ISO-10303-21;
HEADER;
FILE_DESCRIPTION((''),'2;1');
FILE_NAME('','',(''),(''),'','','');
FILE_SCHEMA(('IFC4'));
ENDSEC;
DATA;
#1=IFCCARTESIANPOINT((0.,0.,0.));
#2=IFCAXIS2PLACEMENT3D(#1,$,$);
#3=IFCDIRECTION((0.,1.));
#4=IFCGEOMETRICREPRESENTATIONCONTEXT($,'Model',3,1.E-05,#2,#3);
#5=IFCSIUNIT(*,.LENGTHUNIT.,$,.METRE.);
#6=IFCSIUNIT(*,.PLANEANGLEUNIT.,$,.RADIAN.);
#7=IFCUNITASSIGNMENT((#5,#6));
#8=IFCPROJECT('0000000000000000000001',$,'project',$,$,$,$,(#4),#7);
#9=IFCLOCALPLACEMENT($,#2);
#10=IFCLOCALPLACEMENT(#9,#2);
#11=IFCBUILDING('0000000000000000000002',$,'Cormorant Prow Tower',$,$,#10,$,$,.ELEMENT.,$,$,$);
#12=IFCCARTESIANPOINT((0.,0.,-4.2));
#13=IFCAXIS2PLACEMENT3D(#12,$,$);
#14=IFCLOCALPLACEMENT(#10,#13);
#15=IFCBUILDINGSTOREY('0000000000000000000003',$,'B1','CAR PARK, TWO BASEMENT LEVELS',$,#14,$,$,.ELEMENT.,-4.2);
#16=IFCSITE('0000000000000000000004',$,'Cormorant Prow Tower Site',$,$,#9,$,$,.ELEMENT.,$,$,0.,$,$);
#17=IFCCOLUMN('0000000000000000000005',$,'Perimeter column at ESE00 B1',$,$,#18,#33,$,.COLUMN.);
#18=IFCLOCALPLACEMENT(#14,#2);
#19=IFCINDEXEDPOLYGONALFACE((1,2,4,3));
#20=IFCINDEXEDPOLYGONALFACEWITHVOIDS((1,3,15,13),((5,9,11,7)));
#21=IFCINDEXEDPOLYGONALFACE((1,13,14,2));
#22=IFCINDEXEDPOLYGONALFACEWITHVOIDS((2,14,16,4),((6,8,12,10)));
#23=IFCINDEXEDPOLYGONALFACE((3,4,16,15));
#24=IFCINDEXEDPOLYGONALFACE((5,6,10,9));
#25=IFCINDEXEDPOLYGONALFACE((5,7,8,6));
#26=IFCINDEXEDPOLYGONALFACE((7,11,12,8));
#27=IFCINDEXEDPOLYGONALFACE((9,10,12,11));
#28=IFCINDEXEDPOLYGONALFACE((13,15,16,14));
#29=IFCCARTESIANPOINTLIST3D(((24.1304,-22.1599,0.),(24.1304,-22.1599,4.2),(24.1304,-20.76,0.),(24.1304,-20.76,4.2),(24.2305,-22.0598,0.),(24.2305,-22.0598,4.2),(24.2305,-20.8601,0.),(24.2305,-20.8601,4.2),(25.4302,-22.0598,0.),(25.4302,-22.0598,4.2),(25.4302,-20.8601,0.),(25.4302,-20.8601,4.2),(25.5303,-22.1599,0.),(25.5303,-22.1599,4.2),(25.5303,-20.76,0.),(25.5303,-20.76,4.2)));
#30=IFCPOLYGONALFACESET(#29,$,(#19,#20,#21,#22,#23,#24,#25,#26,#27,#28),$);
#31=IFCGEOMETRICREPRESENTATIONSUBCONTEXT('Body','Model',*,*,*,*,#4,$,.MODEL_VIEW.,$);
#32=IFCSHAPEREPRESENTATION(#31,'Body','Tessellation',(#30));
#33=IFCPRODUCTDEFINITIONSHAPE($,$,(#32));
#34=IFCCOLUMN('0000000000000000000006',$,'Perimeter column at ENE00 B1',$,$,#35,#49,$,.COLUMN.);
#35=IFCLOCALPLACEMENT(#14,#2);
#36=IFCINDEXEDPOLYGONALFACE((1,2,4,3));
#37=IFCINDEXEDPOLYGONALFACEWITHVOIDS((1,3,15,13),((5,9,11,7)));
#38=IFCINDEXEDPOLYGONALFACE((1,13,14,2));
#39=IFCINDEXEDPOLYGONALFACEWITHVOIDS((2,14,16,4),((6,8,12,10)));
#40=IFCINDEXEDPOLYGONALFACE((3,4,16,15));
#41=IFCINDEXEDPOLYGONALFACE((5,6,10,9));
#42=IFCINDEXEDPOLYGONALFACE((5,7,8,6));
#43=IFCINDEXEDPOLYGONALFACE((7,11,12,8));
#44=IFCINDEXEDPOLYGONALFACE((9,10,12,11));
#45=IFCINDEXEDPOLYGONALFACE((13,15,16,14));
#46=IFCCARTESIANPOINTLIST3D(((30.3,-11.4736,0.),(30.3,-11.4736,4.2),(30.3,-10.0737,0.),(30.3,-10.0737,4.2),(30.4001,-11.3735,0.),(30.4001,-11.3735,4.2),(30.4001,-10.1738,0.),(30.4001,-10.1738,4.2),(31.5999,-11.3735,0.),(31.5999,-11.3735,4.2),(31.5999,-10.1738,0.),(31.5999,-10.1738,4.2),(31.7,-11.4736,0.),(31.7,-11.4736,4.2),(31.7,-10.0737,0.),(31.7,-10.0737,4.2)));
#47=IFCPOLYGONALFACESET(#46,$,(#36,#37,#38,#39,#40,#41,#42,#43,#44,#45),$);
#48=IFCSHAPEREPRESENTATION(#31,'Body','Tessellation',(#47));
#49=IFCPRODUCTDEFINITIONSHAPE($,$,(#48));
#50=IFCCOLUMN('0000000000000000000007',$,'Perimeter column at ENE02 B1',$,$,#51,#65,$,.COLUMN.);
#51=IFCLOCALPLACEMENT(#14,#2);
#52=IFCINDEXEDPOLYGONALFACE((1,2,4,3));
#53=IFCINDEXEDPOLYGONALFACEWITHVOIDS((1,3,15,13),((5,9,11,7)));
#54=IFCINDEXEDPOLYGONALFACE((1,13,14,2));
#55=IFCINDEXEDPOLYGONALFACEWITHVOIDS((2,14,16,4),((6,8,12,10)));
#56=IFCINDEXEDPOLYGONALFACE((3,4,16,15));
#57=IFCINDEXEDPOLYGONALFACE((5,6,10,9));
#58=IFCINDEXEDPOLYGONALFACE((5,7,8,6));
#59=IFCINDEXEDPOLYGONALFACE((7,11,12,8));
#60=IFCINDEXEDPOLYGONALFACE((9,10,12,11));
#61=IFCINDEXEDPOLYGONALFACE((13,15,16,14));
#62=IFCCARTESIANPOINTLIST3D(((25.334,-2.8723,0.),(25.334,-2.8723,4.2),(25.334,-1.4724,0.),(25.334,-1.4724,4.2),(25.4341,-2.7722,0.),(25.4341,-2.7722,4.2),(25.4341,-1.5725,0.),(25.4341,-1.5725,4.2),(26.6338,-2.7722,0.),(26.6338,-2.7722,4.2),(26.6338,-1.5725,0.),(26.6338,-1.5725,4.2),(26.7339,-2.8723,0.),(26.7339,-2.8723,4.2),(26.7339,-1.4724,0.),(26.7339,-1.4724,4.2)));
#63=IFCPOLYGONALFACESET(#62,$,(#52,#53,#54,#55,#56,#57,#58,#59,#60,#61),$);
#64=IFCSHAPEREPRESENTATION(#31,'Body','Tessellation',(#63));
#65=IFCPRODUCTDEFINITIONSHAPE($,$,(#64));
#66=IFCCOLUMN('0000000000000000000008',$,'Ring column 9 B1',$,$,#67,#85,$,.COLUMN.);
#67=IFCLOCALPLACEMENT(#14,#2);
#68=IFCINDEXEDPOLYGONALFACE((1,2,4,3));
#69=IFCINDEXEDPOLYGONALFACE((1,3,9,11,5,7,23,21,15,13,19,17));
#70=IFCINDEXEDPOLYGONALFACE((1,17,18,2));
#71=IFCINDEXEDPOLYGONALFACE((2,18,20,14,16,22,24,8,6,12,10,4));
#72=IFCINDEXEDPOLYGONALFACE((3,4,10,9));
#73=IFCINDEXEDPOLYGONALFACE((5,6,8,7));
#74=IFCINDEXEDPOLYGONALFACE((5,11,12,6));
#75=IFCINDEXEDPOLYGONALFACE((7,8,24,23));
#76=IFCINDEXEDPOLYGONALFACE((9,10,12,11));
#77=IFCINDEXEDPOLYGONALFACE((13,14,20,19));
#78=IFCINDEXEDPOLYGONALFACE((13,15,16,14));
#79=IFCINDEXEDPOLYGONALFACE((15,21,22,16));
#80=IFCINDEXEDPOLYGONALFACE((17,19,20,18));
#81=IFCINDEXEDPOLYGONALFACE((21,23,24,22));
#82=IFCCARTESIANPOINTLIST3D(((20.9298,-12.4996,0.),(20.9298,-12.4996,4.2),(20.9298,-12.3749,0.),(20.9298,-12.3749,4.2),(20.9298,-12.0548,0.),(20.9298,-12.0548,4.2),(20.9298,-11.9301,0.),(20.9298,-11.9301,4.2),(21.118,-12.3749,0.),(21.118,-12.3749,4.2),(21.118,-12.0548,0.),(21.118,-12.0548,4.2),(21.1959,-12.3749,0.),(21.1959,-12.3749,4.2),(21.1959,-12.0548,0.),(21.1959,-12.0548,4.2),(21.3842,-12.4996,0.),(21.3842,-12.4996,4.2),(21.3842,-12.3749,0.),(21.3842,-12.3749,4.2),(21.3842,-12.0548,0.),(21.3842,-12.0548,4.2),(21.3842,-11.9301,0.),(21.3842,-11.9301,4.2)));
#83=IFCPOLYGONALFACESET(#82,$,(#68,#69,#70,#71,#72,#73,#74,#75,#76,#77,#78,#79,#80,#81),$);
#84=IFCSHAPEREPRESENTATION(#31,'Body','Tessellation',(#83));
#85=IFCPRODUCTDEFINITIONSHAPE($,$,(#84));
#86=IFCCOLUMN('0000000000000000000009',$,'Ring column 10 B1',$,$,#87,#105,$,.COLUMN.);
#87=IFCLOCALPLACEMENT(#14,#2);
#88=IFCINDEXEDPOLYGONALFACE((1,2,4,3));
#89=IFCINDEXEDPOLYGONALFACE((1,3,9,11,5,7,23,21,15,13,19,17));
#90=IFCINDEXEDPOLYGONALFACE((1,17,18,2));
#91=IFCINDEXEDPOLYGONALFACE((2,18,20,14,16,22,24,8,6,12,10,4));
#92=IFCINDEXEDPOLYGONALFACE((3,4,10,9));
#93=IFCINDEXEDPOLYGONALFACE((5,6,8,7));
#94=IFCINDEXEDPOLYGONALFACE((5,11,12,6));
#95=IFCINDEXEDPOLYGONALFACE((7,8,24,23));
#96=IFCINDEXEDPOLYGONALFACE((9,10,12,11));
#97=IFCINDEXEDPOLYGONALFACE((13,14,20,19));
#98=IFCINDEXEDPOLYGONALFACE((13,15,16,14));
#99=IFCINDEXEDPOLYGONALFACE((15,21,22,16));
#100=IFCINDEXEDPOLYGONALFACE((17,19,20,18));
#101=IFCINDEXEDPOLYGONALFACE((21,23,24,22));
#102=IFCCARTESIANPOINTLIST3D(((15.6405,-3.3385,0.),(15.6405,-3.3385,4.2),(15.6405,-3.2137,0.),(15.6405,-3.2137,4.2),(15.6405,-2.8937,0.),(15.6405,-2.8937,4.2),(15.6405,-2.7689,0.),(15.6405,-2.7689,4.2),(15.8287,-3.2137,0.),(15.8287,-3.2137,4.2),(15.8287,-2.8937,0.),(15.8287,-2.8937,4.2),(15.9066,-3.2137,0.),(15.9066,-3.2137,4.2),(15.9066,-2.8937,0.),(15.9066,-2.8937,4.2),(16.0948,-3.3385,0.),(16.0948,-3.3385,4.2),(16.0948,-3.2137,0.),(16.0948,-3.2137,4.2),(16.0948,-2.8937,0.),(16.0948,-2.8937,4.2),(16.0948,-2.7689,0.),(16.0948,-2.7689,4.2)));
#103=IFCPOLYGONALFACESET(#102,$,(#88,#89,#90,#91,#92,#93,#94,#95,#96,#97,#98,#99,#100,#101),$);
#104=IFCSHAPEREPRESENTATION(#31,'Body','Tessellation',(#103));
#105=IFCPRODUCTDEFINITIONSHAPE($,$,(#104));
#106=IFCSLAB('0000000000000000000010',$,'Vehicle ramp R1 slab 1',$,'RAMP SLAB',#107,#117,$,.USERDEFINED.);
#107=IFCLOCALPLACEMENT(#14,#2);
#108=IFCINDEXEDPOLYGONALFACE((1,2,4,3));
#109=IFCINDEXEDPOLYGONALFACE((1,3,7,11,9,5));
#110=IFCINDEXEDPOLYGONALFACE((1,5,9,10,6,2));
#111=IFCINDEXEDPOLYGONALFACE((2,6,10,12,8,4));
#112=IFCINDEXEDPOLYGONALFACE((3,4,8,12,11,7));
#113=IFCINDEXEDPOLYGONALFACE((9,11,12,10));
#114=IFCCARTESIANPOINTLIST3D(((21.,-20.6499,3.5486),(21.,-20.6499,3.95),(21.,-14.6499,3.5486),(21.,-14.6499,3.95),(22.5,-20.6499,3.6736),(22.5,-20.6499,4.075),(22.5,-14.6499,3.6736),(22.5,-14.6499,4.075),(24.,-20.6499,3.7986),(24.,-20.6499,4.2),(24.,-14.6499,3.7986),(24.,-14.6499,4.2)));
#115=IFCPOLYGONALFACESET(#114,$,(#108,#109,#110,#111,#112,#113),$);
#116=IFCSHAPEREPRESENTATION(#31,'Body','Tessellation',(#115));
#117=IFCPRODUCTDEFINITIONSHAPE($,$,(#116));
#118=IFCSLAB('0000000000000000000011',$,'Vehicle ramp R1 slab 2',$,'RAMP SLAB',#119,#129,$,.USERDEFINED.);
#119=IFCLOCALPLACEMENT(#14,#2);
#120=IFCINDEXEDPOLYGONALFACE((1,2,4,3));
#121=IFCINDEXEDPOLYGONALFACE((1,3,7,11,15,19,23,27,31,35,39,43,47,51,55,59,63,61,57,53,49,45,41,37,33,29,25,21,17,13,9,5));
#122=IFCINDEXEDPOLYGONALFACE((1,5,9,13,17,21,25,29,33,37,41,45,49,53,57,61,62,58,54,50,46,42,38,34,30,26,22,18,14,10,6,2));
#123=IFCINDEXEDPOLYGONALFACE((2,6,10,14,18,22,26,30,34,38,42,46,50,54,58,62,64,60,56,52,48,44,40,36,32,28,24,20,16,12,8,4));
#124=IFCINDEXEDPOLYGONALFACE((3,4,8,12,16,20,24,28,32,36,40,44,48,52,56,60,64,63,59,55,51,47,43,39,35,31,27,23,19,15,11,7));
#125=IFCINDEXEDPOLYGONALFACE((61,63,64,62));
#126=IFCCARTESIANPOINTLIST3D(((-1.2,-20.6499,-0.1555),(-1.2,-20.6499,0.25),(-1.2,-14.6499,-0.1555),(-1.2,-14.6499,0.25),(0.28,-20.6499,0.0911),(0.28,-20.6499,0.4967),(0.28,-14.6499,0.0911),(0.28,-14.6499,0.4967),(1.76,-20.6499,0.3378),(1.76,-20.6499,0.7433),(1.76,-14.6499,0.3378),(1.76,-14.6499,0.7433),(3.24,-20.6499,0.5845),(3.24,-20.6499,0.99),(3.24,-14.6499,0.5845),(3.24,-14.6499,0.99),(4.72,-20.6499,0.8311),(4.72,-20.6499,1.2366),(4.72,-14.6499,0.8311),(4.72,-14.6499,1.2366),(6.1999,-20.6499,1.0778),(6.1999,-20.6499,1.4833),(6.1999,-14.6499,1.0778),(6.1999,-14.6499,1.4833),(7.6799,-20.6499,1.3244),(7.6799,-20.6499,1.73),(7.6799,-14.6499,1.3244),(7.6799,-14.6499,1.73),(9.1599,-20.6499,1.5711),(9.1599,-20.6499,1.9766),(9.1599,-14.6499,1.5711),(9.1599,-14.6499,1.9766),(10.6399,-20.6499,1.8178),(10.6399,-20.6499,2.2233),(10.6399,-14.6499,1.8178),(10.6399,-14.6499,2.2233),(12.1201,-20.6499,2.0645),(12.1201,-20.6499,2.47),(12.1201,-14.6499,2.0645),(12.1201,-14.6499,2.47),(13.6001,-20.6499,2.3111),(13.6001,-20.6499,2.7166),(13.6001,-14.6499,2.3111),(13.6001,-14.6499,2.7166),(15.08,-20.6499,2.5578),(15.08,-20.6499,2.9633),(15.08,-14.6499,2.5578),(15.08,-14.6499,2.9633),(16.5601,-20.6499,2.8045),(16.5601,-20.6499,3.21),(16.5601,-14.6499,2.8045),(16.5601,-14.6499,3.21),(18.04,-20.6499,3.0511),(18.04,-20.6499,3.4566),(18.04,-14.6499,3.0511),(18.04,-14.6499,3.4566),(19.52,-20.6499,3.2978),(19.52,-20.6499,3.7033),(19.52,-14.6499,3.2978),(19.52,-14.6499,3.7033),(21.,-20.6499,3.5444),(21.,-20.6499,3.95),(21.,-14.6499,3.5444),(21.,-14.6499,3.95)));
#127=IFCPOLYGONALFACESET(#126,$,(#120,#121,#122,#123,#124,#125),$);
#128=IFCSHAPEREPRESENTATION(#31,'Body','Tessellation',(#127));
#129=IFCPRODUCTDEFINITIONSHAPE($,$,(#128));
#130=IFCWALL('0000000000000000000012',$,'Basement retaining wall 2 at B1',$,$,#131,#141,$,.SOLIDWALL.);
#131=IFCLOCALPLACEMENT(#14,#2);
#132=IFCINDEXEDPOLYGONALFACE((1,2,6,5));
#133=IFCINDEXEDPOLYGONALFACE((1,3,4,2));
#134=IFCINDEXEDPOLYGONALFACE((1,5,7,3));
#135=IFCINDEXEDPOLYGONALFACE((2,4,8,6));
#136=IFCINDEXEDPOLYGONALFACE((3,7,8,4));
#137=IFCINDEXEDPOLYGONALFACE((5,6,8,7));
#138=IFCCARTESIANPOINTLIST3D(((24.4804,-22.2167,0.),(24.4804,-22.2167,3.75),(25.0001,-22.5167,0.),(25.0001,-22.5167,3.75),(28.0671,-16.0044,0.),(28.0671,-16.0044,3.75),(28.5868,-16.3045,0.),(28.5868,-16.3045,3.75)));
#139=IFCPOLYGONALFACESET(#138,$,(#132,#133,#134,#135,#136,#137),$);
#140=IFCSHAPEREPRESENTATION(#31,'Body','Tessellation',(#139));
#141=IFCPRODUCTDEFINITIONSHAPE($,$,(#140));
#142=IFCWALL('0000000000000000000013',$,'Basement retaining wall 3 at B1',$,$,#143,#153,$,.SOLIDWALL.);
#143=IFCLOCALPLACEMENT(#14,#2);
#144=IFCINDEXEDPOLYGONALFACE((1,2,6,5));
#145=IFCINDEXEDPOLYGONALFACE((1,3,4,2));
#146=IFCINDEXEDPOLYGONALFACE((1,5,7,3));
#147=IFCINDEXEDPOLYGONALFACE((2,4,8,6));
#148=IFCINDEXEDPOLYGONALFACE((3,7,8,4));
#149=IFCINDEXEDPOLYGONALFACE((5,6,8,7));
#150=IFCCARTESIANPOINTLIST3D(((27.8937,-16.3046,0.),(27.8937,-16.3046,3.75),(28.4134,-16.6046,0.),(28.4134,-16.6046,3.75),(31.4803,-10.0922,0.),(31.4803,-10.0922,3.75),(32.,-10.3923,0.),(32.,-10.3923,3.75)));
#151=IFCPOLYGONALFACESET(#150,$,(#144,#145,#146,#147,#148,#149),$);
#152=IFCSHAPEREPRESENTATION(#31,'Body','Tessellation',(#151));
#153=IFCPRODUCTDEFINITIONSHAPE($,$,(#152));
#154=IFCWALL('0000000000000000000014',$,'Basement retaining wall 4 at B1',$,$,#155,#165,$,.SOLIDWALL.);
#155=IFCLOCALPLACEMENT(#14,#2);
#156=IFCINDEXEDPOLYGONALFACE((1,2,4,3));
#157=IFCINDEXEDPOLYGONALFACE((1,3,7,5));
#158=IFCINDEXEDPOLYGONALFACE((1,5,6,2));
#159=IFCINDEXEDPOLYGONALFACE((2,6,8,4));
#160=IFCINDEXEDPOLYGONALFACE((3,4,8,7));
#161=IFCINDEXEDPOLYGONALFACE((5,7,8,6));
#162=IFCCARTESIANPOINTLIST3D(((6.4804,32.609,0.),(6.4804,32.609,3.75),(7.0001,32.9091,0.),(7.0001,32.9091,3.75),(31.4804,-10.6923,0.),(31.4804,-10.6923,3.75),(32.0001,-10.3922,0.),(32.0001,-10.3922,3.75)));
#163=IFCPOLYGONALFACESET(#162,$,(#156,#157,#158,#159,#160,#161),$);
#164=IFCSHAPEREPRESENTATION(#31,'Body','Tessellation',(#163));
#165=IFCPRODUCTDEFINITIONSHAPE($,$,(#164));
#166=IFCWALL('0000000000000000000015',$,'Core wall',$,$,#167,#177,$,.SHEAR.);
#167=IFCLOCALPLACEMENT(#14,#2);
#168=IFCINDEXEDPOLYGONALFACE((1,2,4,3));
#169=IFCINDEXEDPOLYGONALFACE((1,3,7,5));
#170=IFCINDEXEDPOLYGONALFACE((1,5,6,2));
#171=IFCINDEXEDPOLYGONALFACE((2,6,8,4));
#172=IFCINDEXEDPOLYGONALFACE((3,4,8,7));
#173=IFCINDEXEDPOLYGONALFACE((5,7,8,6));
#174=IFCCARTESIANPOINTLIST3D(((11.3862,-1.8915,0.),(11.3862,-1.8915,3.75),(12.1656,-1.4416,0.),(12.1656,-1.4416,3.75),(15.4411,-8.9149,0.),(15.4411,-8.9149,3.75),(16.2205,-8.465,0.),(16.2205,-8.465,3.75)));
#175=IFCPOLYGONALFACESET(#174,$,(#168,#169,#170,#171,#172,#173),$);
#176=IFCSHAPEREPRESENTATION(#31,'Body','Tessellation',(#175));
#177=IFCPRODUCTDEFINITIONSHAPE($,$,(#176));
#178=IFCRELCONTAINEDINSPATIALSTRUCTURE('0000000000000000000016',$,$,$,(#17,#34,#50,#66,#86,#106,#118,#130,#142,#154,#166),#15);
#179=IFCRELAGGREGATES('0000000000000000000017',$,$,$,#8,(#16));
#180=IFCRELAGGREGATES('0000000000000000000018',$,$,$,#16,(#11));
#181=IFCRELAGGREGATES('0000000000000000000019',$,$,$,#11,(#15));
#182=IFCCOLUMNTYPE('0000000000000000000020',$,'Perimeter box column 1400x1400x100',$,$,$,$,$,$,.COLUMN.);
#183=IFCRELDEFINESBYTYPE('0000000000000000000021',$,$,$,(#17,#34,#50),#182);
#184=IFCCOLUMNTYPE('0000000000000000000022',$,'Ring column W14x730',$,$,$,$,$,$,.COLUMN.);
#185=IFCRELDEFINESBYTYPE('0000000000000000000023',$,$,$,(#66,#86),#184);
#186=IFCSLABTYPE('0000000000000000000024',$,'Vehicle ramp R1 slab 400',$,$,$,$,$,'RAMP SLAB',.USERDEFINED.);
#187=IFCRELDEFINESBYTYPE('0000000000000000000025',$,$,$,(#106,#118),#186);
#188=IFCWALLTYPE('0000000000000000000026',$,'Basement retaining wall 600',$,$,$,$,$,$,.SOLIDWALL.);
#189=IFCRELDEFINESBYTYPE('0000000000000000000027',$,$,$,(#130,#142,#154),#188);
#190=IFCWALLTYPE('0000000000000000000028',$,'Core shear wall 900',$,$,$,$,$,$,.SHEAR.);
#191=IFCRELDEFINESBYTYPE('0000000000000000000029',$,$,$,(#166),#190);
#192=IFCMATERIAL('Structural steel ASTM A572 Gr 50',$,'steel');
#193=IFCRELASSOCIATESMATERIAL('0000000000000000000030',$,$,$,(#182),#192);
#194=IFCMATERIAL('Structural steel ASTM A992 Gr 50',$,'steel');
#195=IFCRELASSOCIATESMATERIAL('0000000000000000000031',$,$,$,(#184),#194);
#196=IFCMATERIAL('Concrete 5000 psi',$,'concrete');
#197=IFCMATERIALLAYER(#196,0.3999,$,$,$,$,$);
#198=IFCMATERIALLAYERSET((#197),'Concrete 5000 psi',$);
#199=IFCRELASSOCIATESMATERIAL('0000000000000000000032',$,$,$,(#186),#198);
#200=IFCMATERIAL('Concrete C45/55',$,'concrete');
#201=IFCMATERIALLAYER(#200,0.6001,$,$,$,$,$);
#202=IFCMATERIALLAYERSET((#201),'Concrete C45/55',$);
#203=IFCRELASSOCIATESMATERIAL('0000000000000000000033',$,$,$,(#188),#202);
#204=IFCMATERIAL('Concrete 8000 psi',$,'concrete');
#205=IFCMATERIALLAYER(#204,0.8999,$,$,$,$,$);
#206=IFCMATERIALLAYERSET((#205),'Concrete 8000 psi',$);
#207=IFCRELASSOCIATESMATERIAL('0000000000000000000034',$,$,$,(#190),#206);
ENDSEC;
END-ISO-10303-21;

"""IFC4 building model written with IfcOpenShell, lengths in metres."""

from ifc_helpers import new_model, si_unit, direction, frame, frame_2d, origin, origin_2d, place, context, subcontext, project, spatial, polyline, rectangle, hollow_rectangle, i_section, outline, extrude, material, layer, layer_set, material_profile, profile_set, type_object, element, save


model = new_model("IFC4")

# Units and contexts
model_context = context("Model", 3, precision=1e-05, world=origin(), true_north=direction((0.0, 1.0)))
body_context = subcontext(model_context, "Body", "Model", "MODEL_VIEW")
ifc_project = project(units=[si_unit("LENGTHUNIT", "METRE"), si_unit("PLANEANGLEUNIT", "RADIAN")], contexts=[model_context])

# Site, building, storey
site_placement = place(None, origin())
site = spatial("IfcSite", under=ifc_project, at=site_placement, Name="Cormorant Prow Tower Site", CompositionType="ELEMENT", RefElevation=0.0)
building_placement = place(site_placement, origin())
building = spatial("IfcBuilding", under=site, at=building_placement, Name="Cormorant Prow Tower", CompositionType="ELEMENT")
storey_placement = place(building_placement, frame((0.0, 0.0, -4.2)))
storey = spatial("IfcBuildingStorey", under=building, at=storey_placement, Name="B1", Description="CAR PARK, TWO BASEMENT LEVELS", CompositionType="ELEMENT", Elevation=-4.2)

# Columns
ifc_material_1 = material(Name="Structural steel ASTM A572 Gr 50", Category="steel")
ifc_material_profile_1 = material_profile(ifc_material_1, hollow_rectangle(XDim=1.3999, YDim=1.3999, WallThickness=0.1001, at=origin_2d()), Name="Box 1400x1400x100")
ifc_profile_set_1 = profile_set([ifc_material_profile_1], Name="Structural steel ASTM A572 Gr 50")
column_type_1 = type_object("IfcColumnType", Name="Perimeter box column 1400x1400x100", PredefinedType="COLUMN", material=ifc_profile_set_1)
for number, where, z_axis, x_axis, name in (
    (1, (24.8303, -21.46, 0.0), (0.0, 0.0, 1.0), (1.0, 0.0, 0.0), "Perimeter column at ESE00 B1"),
    (2, (31.0, -10.7737, 0.0), (0.0, 0.0, 1.0), (1.0, 0.0, 0.0), "Perimeter column at ENE00 B1"),
    (3, (26.0339, -2.1724, 0.0), (0.0, 0.0, 1.0), (1.0, 0.0, 0.0), "Perimeter column at ENE02 B1"),
):
    element("IfcColumn", number, at=place(storey_placement, frame(where, z_axis=z_axis, x_axis=x_axis)), inside=storey, type_object=column_type_1, Name=name, PredefinedType="COLUMN", context=body_context, shape_type="SweptSolid", body=[
        extrude(hollow_rectangle(XDim=1.3999, YDim=1.3999, WallThickness=0.1001, at=origin_2d()), origin(), (0.0, 0.0, 1.0), 4.2),
    ])
ifc_material_2 = material(Name="Structural steel ASTM A992 Gr 50", Category="steel")
ifc_material_profile_2 = material_profile(ifc_material_2, i_section(OverallWidth=0.4543, OverallDepth=0.5696, WebThickness=0.0779, FlangeThickness=0.1248, at=origin_2d()), Name="W14x730")
ifc_profile_set_2 = profile_set([ifc_material_profile_2], Name="Structural steel ASTM A992 Gr 50")
column_type_2 = type_object("IfcColumnType", Name="Ring column W14x730", PredefinedType="COLUMN", material=ifc_profile_set_2)
for number, where, z_axis, x_axis, name in (
    (4, (21.157, -12.2148, 0.0), (0.0, 0.0, 1.0), (1.0, 0.0, 0.0), "Ring column 9 B1"),
    (5, (15.8677, -3.0537, 0.0), (0.0, 0.0, 1.0), (1.0, 0.0, 0.0), "Ring column 10 B1"),
):
    element("IfcColumn", number, at=place(storey_placement, frame(where, z_axis=z_axis, x_axis=x_axis)), inside=storey, type_object=column_type_2, Name=name, PredefinedType="COLUMN", context=body_context, shape_type="SweptSolid", body=[
        extrude(i_section(OverallWidth=0.4543, OverallDepth=0.5696, WebThickness=0.0779, FlangeThickness=0.1248, at=origin_2d()), origin(), (0.0, 0.0, 1.0), 4.2),
    ])

# Slabs
ifc_material_3 = material(Name="Concrete 5000 psi", Category="concrete")
ifc_layer_1 = layer(ifc_material_3, 0.3999)
ifc_layer_set_1 = layer_set([ifc_layer_1], Name="Concrete 5000 psi")
slab_type = type_object("IfcSlabType", Name="Vehicle ramp R1 slab 400", ElementType="RAMP SLAB", PredefinedType="USERDEFINED", material=ifc_layer_set_1)
slab_1_placement = place(storey_placement, frame((24.0, -14.6499, 4.2), z_axis=(-0.083045, 0.0, 0.996546), x_axis=(-0.996546, 0.0, -0.083045)))
element("IfcSlab", 6, at=slab_1_placement, inside=storey, type_object=slab_type, Name="Vehicle ramp R1 slab 1", ObjectType="RAMP SLAB", PredefinedType="USERDEFINED", context=body_context, shape_type="SweptSolid", body=[
    extrude(outline(polyline([(0.0, 0.0), (1.5052, 0.0), (3.0104, 0.0), (3.0104, 6.0), (1.5052, 6.0), (0.0, 6.0), (0.0, 0.0)])), origin(), (0.083045, 0.0, -0.996546), 0.4014),
])
slab_2_placement = place(storey_placement, frame((21.0, -14.6499, 3.95), z_axis=(-0.164397, 0.0, 0.986394), x_axis=(-0.986394, 0.0, -0.164397)))
element("IfcSlab", 7, at=slab_2_placement, inside=storey, type_object=slab_type, Name="Vehicle ramp R1 slab 2", ObjectType="RAMP SLAB", PredefinedType="USERDEFINED", context=body_context, shape_type="SweptSolid", body=[
    extrude(outline(polyline([(0.0, 0.0), (1.5004, 0.0), (3.0008, 0.0), (4.5012, 0.0), (6.0016, 0.0), (7.502, 0.0), (9.0024, 0.0), (10.503, 0.0), (12.0034, 0.0), (13.5038, 0.0), (15.0042, 0.0), (16.5046, 0.0), (18.005, 0.0), (19.5054, 0.0), (21.0058, 0.0), (22.5062, 0.0), (22.5062, 6.0), (21.0058, 6.0), (19.5054, 6.0), (18.005, 6.0), (16.5046, 6.0), (15.0042, 6.0), (13.5038, 6.0), (12.0034, 6.0), (10.503, 6.0), (9.0024, 6.0), (7.502, 6.0), (6.0016, 6.0), (4.5012, 6.0), (3.0008, 6.0), (1.5004, 6.0), (0.0, 6.0), (0.0, 0.0)])), origin(), (0.164397, 0.0, -0.986394), 0.4055),
])

# Walls
ifc_material_4 = material(Name="Concrete C45/55", Category="concrete")
ifc_layer_2 = layer(ifc_material_4, 0.6001)
ifc_layer_set_2 = layer_set([ifc_layer_2], Name="Concrete C45/55")
wall_type_1 = type_object("IfcWallType", Name="Basement retaining wall 600", PredefinedType="SOLIDWALL", material=ifc_layer_set_2)
for number, where, z_axis, x_axis, name in (
    (8, (24.7402, -22.3667, 0.0), (0.0, 0.0, 1.0), (0.500008, 0.866021, 0.0), "Basement retaining wall 2 at B1"),
    (9, (28.1536, -16.4546, 0.0), (0.0, 0.0, 1.0), (0.499993, 0.866029, 0.0), "Basement retaining wall 3 at B1"),
):
    element("IfcWall", number, at=place(storey_placement, frame(where, z_axis=z_axis, x_axis=x_axis)), inside=storey, type_object=wall_type_1, Name=name, PredefinedType="SOLIDWALL", context=body_context, shape_type="SweptSolid", body=[
        extrude(rectangle(XDim=7.1733, YDim=0.6001, at=frame_2d((3.5867, 0.0))), origin(), (0.0, 0.0, 1.0), 3.75),
    ])
wall_1_placement = place(storey_placement, frame((31.7402, -10.5422, 0.0), z_axis=(0.0, 0.0, 1.0), x_axis=(-0.5, 0.866025, 0.0)))
element("IfcWall", 10, at=wall_1_placement, inside=storey, type_object=wall_type_1, Name="Basement retaining wall 4 at B1", PredefinedType="SOLIDWALL", context=body_context, shape_type="SweptSolid", body=[
    extrude(rectangle(XDim=50.0, YDim=0.6001, at=frame_2d((25.0, 0.0))), origin(), (0.0, 0.0, 1.0), 3.75),
])
ifc_material_5 = material(Name="Concrete 8000 psi", Category="concrete")
ifc_layer_3 = layer(ifc_material_5, 0.8999)
ifc_layer_set_3 = layer_set([ifc_layer_3], Name="Concrete 8000 psi")
wall_type_2 = type_object("IfcWallType", Name="Core shear wall 900", PredefinedType="SHEAR", material=ifc_layer_set_3)
wall_2_placement = place(storey_placement, frame((15.8308, -8.6899, 0.0), z_axis=(0.0, 0.0, 1.0), x_axis=(-0.499995, 0.866028, 0.0)))
element("IfcWall", 11, at=wall_2_placement, inside=storey, type_object=wall_type_2, Name="Core wall", PredefinedType="SHEAR", context=body_context, shape_type="SweptSolid", body=[
    extrude(rectangle(XDim=8.1099, YDim=0.8999, at=frame_2d((4.0549, 0.0))), origin(), (0.0, 0.0, 1.0), 3.75),
])

save(model, "model.ifc")
